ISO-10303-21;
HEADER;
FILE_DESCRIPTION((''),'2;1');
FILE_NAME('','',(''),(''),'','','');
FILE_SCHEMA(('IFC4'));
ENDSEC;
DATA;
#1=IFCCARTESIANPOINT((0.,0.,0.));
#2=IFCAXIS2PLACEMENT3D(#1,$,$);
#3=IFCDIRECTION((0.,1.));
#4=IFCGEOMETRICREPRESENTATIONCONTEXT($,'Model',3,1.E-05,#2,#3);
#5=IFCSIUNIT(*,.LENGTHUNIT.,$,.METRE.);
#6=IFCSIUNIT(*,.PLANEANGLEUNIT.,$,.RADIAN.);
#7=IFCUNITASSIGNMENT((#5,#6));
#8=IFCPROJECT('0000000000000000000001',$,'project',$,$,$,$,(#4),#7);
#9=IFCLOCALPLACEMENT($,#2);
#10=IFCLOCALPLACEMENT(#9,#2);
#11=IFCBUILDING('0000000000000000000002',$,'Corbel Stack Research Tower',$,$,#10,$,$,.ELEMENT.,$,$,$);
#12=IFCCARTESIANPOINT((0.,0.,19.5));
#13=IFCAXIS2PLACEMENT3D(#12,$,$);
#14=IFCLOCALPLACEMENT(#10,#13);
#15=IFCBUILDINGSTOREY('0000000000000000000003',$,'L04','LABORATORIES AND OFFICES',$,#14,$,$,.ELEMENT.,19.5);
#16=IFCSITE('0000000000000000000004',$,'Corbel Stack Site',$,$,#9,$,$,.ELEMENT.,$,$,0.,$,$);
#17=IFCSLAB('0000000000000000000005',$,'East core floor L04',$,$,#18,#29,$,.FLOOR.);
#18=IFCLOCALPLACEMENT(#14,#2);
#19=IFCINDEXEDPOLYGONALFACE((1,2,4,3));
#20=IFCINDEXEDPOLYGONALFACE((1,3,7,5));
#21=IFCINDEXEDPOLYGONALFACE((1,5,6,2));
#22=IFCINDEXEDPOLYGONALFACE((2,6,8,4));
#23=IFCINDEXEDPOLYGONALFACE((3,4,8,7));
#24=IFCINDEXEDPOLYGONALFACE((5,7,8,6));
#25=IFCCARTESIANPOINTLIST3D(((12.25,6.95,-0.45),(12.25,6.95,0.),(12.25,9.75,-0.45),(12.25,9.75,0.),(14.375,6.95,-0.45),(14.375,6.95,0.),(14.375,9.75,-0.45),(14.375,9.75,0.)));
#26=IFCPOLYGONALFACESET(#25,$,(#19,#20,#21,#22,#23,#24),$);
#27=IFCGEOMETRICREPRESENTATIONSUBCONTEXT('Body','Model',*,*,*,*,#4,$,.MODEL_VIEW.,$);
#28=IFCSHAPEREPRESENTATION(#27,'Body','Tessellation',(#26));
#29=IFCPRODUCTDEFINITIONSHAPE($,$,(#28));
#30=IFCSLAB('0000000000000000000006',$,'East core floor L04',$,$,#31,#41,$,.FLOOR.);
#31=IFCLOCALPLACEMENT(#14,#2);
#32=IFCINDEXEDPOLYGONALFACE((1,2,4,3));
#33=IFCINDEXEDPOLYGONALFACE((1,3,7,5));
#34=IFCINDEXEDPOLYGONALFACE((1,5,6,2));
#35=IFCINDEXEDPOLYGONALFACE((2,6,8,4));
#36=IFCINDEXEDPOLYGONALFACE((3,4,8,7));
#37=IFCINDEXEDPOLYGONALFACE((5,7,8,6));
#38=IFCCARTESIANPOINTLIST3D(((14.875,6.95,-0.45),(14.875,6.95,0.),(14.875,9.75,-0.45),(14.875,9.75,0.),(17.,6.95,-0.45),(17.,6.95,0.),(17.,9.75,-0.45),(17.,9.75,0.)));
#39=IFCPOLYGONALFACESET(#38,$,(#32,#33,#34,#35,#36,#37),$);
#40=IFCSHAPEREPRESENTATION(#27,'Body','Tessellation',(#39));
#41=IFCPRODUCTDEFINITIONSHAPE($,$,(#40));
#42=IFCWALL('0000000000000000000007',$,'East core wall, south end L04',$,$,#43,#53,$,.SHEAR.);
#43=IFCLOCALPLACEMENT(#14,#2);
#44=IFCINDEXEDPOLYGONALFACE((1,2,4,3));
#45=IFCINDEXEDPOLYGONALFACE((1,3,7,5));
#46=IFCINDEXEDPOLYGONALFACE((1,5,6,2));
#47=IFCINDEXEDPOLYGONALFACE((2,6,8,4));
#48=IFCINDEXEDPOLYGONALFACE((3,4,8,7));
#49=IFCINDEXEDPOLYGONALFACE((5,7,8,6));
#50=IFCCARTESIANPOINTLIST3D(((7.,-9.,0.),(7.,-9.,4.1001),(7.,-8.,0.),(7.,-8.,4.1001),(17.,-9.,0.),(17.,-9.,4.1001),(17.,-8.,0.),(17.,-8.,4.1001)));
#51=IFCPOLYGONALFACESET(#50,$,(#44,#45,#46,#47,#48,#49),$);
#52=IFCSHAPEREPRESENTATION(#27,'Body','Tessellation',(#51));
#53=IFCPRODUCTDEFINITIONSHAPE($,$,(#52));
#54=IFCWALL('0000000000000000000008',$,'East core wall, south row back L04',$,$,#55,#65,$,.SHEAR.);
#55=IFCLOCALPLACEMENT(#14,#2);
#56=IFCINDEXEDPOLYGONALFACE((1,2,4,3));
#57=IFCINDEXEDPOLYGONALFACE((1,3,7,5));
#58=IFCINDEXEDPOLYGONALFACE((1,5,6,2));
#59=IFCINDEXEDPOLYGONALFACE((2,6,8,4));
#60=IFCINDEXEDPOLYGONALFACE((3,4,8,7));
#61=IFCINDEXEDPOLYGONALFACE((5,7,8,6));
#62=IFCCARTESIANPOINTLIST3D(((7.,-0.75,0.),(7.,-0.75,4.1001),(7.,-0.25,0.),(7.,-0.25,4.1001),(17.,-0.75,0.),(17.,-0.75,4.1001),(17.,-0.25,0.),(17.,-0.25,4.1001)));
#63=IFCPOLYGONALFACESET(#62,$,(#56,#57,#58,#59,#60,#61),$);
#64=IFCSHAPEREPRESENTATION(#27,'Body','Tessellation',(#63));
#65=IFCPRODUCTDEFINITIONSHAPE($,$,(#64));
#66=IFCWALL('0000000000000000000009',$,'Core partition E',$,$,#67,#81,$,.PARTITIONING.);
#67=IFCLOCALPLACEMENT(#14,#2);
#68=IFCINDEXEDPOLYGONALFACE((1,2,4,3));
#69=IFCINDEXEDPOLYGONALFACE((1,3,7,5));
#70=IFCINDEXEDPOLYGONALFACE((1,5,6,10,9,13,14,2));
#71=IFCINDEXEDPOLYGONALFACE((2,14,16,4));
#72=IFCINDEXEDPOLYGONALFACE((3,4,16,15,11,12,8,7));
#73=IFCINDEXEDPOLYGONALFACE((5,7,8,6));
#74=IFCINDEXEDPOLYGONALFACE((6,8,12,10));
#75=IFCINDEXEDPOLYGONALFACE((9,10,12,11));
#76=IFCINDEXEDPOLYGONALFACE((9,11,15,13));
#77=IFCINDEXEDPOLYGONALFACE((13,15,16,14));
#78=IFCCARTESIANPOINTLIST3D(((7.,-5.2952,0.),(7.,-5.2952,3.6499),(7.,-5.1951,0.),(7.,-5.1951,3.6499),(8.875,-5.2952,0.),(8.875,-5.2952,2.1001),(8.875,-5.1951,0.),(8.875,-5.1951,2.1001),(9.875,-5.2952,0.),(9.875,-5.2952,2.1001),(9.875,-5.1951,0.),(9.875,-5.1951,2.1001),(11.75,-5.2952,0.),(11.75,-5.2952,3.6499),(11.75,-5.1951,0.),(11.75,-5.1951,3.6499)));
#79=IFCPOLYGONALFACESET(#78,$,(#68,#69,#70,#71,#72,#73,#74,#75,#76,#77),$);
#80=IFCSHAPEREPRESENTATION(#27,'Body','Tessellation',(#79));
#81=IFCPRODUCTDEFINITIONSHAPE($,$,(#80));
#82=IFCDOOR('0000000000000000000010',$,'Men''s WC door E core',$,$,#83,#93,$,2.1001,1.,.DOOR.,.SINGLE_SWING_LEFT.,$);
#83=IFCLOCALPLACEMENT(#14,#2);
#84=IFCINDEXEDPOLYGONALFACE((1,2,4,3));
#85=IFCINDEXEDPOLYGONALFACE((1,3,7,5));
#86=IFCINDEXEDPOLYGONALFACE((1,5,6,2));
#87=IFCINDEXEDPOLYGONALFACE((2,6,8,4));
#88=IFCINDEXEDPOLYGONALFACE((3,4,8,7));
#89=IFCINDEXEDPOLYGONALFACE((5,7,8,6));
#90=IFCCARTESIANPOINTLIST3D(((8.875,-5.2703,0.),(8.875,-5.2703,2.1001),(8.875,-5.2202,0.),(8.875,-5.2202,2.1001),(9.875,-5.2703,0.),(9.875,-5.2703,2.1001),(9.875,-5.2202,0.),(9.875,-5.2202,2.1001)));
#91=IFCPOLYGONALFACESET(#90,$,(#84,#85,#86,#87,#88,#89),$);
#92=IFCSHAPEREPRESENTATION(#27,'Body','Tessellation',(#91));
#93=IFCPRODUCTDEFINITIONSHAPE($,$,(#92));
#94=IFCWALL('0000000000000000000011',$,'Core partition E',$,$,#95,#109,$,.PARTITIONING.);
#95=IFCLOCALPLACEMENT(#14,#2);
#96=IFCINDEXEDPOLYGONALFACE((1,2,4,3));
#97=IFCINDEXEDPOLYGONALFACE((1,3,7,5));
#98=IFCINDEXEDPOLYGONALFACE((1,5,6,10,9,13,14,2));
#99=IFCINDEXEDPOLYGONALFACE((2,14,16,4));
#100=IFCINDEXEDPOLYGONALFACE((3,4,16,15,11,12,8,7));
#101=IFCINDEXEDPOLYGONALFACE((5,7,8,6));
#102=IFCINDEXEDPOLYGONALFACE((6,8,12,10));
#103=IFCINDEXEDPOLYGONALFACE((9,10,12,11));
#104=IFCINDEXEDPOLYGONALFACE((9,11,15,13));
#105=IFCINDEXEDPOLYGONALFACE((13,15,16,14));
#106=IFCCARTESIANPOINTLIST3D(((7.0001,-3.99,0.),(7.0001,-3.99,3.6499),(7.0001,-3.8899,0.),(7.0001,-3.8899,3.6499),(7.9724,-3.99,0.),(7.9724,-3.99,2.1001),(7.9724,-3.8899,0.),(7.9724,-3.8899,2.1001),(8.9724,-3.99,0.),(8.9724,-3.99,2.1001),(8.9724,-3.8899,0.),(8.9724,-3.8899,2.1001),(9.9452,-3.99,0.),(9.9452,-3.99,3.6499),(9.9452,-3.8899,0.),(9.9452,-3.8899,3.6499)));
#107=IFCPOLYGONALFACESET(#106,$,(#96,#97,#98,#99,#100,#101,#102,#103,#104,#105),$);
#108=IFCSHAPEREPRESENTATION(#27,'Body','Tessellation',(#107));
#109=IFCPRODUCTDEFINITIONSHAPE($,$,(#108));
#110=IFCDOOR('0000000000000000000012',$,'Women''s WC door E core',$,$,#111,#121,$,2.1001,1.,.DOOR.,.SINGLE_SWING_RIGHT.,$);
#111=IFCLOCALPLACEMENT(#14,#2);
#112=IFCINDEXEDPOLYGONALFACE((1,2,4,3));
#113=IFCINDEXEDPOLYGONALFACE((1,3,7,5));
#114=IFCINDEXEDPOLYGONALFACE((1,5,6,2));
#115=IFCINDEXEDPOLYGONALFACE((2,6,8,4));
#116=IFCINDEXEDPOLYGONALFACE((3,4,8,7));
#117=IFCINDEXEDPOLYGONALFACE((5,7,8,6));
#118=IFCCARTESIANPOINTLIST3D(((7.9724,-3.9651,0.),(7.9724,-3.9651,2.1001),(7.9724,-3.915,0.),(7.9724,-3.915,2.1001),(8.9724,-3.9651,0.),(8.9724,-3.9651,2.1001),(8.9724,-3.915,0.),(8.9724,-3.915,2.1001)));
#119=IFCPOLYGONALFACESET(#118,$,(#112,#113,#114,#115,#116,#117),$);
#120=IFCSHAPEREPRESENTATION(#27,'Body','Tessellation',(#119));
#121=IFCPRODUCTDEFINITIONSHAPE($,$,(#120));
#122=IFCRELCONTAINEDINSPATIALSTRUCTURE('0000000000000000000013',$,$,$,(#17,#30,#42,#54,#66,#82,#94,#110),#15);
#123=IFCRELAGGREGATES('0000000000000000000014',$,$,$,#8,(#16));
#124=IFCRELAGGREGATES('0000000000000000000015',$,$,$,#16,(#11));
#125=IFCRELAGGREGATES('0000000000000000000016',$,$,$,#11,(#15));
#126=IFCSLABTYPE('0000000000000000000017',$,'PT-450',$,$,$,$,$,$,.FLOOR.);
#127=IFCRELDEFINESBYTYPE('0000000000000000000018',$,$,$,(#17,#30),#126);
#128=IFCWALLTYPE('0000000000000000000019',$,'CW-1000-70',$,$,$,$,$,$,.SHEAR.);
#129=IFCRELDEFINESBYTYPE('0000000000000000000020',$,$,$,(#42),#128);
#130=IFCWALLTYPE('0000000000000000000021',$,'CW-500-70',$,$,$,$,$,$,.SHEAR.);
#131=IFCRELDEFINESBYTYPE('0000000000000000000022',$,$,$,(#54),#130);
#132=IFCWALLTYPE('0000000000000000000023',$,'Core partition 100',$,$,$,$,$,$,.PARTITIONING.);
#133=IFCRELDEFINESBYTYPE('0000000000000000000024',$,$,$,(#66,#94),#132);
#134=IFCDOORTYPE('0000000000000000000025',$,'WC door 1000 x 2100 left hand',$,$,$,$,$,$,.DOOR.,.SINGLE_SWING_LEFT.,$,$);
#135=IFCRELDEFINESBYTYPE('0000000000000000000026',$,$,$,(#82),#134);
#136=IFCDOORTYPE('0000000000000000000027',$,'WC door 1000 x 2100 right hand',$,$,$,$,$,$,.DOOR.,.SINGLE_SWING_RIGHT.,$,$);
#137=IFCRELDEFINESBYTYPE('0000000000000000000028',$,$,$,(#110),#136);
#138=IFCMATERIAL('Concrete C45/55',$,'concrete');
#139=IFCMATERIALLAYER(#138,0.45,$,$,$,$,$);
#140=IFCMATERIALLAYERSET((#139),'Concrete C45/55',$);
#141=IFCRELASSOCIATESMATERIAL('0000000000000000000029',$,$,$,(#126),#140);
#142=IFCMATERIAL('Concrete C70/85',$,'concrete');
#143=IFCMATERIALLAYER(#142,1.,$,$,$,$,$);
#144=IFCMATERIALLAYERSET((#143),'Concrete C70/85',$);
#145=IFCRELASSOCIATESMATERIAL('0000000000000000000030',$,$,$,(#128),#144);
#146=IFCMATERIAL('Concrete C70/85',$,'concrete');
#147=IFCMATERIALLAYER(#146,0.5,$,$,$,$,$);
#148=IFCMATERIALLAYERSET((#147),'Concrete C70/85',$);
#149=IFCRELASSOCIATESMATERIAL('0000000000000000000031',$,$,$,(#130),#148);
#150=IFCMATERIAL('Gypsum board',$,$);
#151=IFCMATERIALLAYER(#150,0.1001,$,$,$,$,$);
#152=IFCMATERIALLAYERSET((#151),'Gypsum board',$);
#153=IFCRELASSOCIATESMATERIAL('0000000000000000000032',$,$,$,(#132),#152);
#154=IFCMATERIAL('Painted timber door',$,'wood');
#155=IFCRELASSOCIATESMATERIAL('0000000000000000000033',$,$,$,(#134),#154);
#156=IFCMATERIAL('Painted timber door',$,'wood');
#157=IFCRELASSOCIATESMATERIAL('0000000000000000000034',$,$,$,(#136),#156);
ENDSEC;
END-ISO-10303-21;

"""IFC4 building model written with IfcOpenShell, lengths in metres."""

from ifc_helpers import new_model, si_unit, direction, frame, frame_2d, origin, place, context, subcontext, project, spatial, polyline, rectangle, outline, extrude, material, layer, layer_set, type_object, element, fill, save


model = new_model("IFC4")

# Units and contexts
model_context = context("Model", 3, precision=1e-05, world=origin(), true_north=direction((0.0, 1.0)))
body_context = subcontext(model_context, "Body", "Model", "MODEL_VIEW")
ifc_project = project(units=[si_unit("LENGTHUNIT", "METRE"), si_unit("PLANEANGLEUNIT", "RADIAN")], contexts=[model_context])

# Site, building, storey
site_placement = place(None, origin())
site = spatial("IfcSite", under=ifc_project, at=site_placement, Name="Corbel Stack Site", CompositionType="ELEMENT", RefElevation=0.0)
building_placement = place(site_placement, origin())
building = spatial("IfcBuilding", under=site, at=building_placement, Name="Corbel Stack Research Tower", CompositionType="ELEMENT")
storey_placement = place(building_placement, frame((0.0, 0.0, 19.5)))
storey = spatial("IfcBuildingStorey", under=building, at=storey_placement, Name="L04", Description="LABORATORIES AND OFFICES", CompositionType="ELEMENT", Elevation=19.5)

# Slabs
ifc_material_1 = material(Name="Concrete C45/55", Category="concrete")
ifc_layer_1 = layer(ifc_material_1, 0.45)
ifc_layer_set_1 = layer_set([ifc_layer_1], Name="Concrete C45/55")
slab_type_1 = type_object("IfcSlabType", Name="PT-450", PredefinedType="FLOOR", material=ifc_layer_set_1)
slab_1_placement = place(storey_placement, frame((0.0, 0.0, -0.45)))
element("IfcSlab", 1, at=slab_1_placement, inside=storey, type_object=slab_type_1, Name="East core floor L04", PredefinedType="FLOOR", context=body_context, shape_type="SweptSolid", body=[
    extrude(outline(polyline([(14.375, 6.95), (14.375, 9.75), (12.25, 9.75), (12.25, 6.95), (14.375, 6.95)])), origin(), (0.0, 0.0, 1.0), 0.45),
])
slab_2_placement = place(storey_placement, frame((0.0, 0.0, -0.45)))
element("IfcSlab", 2, at=slab_2_placement, inside=storey, type_object=slab_type_1, Name="East core floor L04", PredefinedType="FLOOR", context=body_context, shape_type="SweptSolid", body=[
    extrude(outline(polyline([(17.0, 6.95), (17.0, 9.75), (14.875, 9.75), (14.875, 6.95), (17.0, 6.95)])), origin(), (0.0, 0.0, 1.0), 0.45),
])

# Walls
ifc_material_2 = material(Name="Concrete C70/85", Category="concrete")
ifc_layer_2 = layer(ifc_material_2, 1.0)
ifc_layer_set_2 = layer_set([ifc_layer_2], Name="Concrete C70/85")
wall_type_1 = type_object("IfcWallType", Name="CW-1000-70", PredefinedType="SHEAR", material=ifc_layer_set_2)
wall_1_placement = place(storey_placement, frame((7.0, -8.5, 0.0), z_axis=(0.0, 0.0, 1.0), x_axis=(1.0, 0.0, 0.0)))
element("IfcWall", 3, at=wall_1_placement, inside=storey, type_object=wall_type_1, Name="East core wall, south end L04", PredefinedType="SHEAR", context=body_context, shape_type="SweptSolid", body=[
    extrude(rectangle(XDim=10.0, YDim=1.0, at=frame_2d((5.0, 0.0))), origin(), (0.0, 0.0, 1.0), 4.1001),
])
ifc_material_3 = material(Name="Concrete C70/85", Category="concrete")
ifc_layer_3 = layer(ifc_material_3, 0.5)
ifc_layer_set_3 = layer_set([ifc_layer_3], Name="Concrete C70/85")
wall_type_2 = type_object("IfcWallType", Name="CW-500-70", PredefinedType="SHEAR", material=ifc_layer_set_3)
wall_2_placement = place(storey_placement, frame((7.0, -0.5, 0.0), z_axis=(0.0, 0.0, 1.0), x_axis=(1.0, 0.0, 0.0)))
element("IfcWall", 4, at=wall_2_placement, inside=storey, type_object=wall_type_2, Name="East core wall, south row back L04", PredefinedType="SHEAR", context=body_context, shape_type="SweptSolid", body=[
    extrude(rectangle(XDim=10.0, YDim=0.5, at=frame_2d((5.0, 0.0))), origin(), (0.0, 0.0, 1.0), 4.1001),
])

# Walls, openings, doors
ifc_material_4 = material(Name="Gypsum board")
ifc_layer_4 = layer(ifc_material_4, 0.1001)
ifc_layer_set_4 = layer_set([ifc_layer_4], Name="Gypsum board")
wall_type_3 = type_object("IfcWallType", Name="Core partition 100", PredefinedType="PARTITIONING", material=ifc_layer_set_4)
wall_3_placement = place(storey_placement, frame((7.0, -5.2451, 0.0), z_axis=(0.0, 0.0, 1.0), x_axis=(1.0, 0.0, 0.0)))
wall_3 = element("IfcWall", 5, at=wall_3_placement, inside=storey, type_object=wall_type_3, Name="Core partition E", PredefinedType="PARTITIONING", context=body_context, shape_type="SweptSolid", body=[
    extrude(rectangle(XDim=4.75, YDim=0.1001, at=frame_2d((2.375, 0.0))), origin(), (0.0, 0.0, 1.0), 3.6499),
])
opening_1_placement = place(wall_3_placement, frame((1.875, 0.0, 0.0)))
opening_1 = element("IfcOpeningElement", 6, at=opening_1_placement, cuts=wall_3, PredefinedType="OPENING", context=body_context, shape_type="SweptSolid", body=[
    extrude(rectangle(XDim=1.0, YDim=2.1001, at=frame_2d((0.5, 1.05))), frame((0.0, 0.0601, 0.0), z_axis=(0.0, -1.0, 0.0), x_axis=(1.0, 0.0, 0.0)), (0.0, 0.0, 1.0), 0.1201),
])
ifc_material_5 = material(Name="Painted timber door", Category="wood")
door_type_1 = type_object("IfcDoorType", Name="WC door 1000 x 2100 left hand", OperationType="SINGLE_SWING_LEFT", PredefinedType="DOOR", material=ifc_material_5)
door_1_placement = place(opening_1_placement, origin())
door_1 = element("IfcDoor", 7, at=door_1_placement, inside=storey, type_object=door_type_1, Name="Men's WC door E core", OperationType="SINGLE_SWING_LEFT", OverallHeight=2.1001, OverallWidth=1.0, PredefinedType="DOOR", context=body_context, shape_type="SweptSolid", body=[
    extrude(rectangle(XDim=1.0, YDim=2.1001, at=frame_2d((0.5, 1.05))), frame((0.0, 0.0249, 0.0), z_axis=(0.0, -1.0, 0.0), x_axis=(1.0, 0.0, 0.0)), (0.0, 0.0, 1.0), 0.05),
])
fill(opening_1, door_1)
wall_4_placement = place(storey_placement, frame((7.0, -3.9399, 0.0), z_axis=(0.0, 0.0, 1.0), x_axis=(1.0, 0.0, 0.0)))
wall_4 = element("IfcWall", 8, at=wall_4_placement, inside=storey, type_object=wall_type_3, Name="Core partition E", PredefinedType="PARTITIONING", context=body_context, shape_type="SweptSolid", body=[
    extrude(rectangle(XDim=2.9451, YDim=0.1001, at=frame_2d((1.4727, 0.0))), origin(), (0.0, 0.0, 1.0), 3.6499),
])
opening_2_placement = place(wall_4_placement, frame((0.9724, 0.0, 0.0)))
opening_2 = element("IfcOpeningElement", 9, at=opening_2_placement, cuts=wall_4, PredefinedType="OPENING", context=body_context, shape_type="SweptSolid", body=[
    extrude(rectangle(XDim=1.0, YDim=2.1001, at=frame_2d((0.5, 1.05))), frame((0.0, 0.0601, 0.0), z_axis=(0.0, -1.0, 0.0), x_axis=(1.0, 0.0, 0.0)), (0.0, 0.0, 1.0), 0.1201),
])
ifc_material_6 = material(Name="Painted timber door", Category="wood")
door_type_2 = type_object("IfcDoorType", Name="WC door 1000 x 2100 right hand", OperationType="SINGLE_SWING_RIGHT", PredefinedType="DOOR", material=ifc_material_6)
door_2_placement = place(opening_2_placement, origin())
door_2 = element("IfcDoor", 10, at=door_2_placement, inside=storey, type_object=door_type_2, Name="Women's WC door E core", OperationType="SINGLE_SWING_RIGHT", OverallHeight=2.1001, OverallWidth=1.0, PredefinedType="DOOR", context=body_context, shape_type="SweptSolid", body=[
    extrude(rectangle(XDim=1.0, YDim=2.1001, at=frame_2d((0.5, 1.05))), frame((0.0, 0.0249, 0.0), z_axis=(0.0, -1.0, 0.0), x_axis=(1.0, 0.0, 0.0)), (0.0, 0.0, 1.0), 0.05),
])
fill(opening_2, door_2)

save(model, "model.ifc")
